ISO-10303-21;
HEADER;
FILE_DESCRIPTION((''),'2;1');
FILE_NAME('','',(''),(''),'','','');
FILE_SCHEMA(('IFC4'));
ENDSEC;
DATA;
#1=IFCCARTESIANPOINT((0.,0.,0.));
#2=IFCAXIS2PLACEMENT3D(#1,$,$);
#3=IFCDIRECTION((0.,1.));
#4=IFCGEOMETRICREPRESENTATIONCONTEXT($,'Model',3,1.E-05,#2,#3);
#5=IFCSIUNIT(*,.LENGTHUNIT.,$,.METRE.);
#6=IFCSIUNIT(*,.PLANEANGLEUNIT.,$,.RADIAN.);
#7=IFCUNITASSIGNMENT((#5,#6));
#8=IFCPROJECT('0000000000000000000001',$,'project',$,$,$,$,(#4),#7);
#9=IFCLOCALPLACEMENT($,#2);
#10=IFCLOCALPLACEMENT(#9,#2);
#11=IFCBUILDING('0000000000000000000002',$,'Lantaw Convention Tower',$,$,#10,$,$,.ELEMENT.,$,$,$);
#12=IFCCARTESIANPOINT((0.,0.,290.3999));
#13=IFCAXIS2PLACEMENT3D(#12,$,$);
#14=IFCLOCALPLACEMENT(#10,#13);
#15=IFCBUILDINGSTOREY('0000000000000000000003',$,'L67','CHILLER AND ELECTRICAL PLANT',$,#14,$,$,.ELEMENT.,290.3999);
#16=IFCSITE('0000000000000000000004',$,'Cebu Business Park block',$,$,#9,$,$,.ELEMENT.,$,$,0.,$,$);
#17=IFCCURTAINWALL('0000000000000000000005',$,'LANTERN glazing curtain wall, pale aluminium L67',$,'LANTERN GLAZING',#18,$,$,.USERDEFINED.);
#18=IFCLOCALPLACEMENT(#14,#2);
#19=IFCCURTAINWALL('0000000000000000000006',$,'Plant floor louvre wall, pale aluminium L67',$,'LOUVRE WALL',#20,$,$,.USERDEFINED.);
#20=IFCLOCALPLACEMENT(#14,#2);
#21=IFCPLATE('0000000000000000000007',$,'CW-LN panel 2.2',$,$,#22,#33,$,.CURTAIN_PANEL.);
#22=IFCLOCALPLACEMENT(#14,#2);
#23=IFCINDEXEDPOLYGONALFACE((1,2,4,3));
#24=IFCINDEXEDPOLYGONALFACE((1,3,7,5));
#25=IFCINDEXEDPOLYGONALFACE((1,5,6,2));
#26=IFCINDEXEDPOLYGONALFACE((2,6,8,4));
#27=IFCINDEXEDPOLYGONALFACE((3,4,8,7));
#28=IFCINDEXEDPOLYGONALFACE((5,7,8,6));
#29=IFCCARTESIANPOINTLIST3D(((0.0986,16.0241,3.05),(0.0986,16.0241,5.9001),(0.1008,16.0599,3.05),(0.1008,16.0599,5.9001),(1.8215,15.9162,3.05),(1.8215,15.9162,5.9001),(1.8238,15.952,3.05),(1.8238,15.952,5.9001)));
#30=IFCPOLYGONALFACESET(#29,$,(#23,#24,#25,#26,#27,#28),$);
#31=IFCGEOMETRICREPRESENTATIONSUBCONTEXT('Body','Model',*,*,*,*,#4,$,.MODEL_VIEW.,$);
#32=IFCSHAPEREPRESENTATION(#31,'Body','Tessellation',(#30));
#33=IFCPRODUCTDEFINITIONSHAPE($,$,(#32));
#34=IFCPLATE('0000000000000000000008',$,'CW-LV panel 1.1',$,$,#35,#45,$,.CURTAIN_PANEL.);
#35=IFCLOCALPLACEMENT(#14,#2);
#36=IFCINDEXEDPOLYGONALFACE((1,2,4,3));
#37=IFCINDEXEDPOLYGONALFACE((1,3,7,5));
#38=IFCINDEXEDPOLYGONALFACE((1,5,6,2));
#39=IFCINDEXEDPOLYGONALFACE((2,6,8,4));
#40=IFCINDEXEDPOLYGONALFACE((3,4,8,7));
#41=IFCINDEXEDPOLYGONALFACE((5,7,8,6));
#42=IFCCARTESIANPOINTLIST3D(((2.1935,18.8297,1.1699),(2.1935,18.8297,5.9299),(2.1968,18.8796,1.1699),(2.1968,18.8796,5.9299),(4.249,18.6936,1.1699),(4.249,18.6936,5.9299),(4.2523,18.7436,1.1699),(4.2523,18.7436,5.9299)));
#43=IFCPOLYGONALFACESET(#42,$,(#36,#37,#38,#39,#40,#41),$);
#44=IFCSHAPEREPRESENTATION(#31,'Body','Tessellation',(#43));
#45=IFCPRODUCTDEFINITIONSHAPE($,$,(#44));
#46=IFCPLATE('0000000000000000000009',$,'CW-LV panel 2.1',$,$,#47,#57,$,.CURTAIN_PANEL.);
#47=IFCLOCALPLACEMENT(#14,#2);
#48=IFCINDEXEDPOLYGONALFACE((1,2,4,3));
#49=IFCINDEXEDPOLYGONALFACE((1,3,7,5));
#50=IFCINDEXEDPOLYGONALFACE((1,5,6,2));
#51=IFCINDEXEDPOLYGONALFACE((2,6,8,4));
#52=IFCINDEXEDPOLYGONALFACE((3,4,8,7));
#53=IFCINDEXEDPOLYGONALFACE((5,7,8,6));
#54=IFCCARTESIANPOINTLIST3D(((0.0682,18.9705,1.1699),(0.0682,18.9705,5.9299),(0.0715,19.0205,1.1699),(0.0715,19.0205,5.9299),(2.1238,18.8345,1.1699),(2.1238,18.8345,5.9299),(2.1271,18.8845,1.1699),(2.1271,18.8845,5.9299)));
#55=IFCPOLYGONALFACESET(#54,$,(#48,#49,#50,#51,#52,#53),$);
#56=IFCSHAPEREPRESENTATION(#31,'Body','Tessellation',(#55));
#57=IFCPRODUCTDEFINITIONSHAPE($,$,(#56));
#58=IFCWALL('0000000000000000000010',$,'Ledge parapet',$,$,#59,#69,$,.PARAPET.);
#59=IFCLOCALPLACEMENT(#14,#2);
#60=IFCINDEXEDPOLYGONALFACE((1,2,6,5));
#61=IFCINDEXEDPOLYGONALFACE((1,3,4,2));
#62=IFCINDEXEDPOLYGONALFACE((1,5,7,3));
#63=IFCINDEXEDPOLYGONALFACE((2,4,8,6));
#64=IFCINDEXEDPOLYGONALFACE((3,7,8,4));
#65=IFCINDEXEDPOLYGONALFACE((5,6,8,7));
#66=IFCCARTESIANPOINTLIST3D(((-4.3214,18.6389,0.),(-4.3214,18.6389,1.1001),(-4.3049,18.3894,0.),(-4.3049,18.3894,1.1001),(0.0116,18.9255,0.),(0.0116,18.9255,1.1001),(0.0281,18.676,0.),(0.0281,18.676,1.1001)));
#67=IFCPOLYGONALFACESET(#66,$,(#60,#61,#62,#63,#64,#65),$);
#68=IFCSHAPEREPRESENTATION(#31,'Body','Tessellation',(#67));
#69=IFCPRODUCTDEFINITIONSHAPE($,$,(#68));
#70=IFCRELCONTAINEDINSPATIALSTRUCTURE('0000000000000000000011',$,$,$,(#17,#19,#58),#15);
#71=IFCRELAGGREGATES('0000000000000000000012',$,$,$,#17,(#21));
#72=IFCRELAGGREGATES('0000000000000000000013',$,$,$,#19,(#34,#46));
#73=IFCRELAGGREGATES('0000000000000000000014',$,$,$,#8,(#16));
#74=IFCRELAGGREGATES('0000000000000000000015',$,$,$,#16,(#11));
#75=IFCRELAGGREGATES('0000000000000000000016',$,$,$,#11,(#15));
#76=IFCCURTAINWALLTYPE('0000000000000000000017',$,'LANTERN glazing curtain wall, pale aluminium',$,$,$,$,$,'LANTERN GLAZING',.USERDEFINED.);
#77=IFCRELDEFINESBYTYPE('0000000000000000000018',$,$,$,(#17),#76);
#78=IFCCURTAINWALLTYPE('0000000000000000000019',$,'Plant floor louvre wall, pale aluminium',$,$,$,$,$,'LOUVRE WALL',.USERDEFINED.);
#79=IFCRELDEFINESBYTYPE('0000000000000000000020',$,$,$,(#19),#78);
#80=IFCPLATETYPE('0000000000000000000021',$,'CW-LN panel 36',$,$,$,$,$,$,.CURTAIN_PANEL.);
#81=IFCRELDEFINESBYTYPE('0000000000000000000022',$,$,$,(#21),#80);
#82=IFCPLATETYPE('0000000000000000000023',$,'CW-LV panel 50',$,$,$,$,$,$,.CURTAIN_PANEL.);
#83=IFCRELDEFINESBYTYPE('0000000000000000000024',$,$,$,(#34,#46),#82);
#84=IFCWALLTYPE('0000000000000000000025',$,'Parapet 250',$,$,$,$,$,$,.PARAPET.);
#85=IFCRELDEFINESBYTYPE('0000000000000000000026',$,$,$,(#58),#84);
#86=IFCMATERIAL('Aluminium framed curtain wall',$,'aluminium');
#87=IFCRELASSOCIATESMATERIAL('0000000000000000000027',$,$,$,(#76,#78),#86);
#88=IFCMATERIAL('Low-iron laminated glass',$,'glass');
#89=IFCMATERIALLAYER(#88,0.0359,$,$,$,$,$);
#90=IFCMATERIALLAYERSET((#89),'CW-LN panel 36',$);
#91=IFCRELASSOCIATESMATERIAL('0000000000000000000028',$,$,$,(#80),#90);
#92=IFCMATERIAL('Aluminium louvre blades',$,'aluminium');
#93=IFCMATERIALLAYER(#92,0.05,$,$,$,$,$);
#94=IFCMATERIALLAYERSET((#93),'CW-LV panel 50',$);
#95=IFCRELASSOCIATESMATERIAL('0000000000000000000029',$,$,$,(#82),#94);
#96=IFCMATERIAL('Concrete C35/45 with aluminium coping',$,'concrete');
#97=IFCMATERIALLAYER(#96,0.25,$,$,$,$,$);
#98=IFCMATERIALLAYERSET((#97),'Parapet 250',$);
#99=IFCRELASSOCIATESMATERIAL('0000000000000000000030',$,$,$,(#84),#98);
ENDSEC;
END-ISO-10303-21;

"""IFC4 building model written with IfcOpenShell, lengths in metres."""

from ifc_helpers import new_model, si_unit, direction, frame, frame_2d, origin, origin_2d, place, context, subcontext, project, spatial, rectangle, extrude, material, layer, layer_set, type_object, element, aggregate, save


model = new_model("IFC4")

# Units and contexts
model_context = context("Model", 3, precision=1e-05, world=origin(), true_north=direction((0.0, 1.0)))
body_context = subcontext(model_context, "Body", "Model", "MODEL_VIEW")
ifc_project = project(units=[si_unit("LENGTHUNIT", "METRE"), si_unit("PLANEANGLEUNIT", "RADIAN")], contexts=[model_context])

# Site, building, storey
site_placement = place(None, origin())
site = spatial("IfcSite", under=ifc_project, at=site_placement, Name="Cebu Business Park block", CompositionType="ELEMENT", RefElevation=0.0)
building_placement = place(site_placement, origin())
building = spatial("IfcBuilding", under=site, at=building_placement, Name="Lantaw Convention Tower", CompositionType="ELEMENT")
storey_placement = place(building_placement, frame((0.0, 0.0, 290.3999)))
storey = spatial("IfcBuildingStorey", under=building, at=storey_placement, Name="L67", Description="CHILLER AND ELECTRICAL PLANT", CompositionType="ELEMENT", Elevation=290.3999)

# Shared definitions
ifc_material_1 = material(Name="Aluminium framed curtain wall", Category="aluminium")
curtain_wall_type_1 = type_object("IfcCurtainWallType", Name="LANTERN glazing curtain wall, pale aluminium", ElementType="LANTERN GLAZING", PredefinedType="USERDEFINED", material=ifc_material_1)

# Curtain walls
curtain_wall_1_placement = place(storey_placement, origin())
curtain_wall_1 = element("IfcCurtainWall", 1, at=curtain_wall_1_placement, inside=storey, type_object=curtain_wall_type_1, Name="LANTERN glazing curtain wall, pale aluminium L67", ObjectType="LANTERN GLAZING", PredefinedType="USERDEFINED")
curtain_wall_type_2 = type_object("IfcCurtainWallType", Name="Plant floor louvre wall, pale aluminium", ElementType="LOUVRE WALL", PredefinedType="USERDEFINED", material=ifc_material_1)
curtain_wall_2_placement = place(storey_placement, origin())
curtain_wall_2 = element("IfcCurtainWall", 2, at=curtain_wall_2_placement, inside=storey, type_object=curtain_wall_type_2, Name="Plant floor louvre wall, pale aluminium L67", ObjectType="LOUVRE WALL", PredefinedType="USERDEFINED")

# Plates
ifc_material_2 = material(Name="Low-iron laminated glass", Category="glass")
ifc_layer_1 = layer(ifc_material_2, 0.0359)
ifc_layer_set_1 = layer_set([ifc_layer_1], Name="CW-LN panel 36")
plate_type_1 = type_object("IfcPlateType", Name="CW-LN panel 36", PredefinedType="CURTAIN_PANEL", material=ifc_layer_set_1)
plate_1_placement = place(storey_placement, frame((0.9612, 15.988, 3.05), z_axis=(0.0, 0.0, 1.0), x_axis=(-0.998046, 0.062489, 0.0)))
plate_1 = element("IfcPlate", 3, at=plate_1_placement, type_object=plate_type_1, Name="CW-LN panel 2.2", PredefinedType="CURTAIN_PANEL", context=body_context, shape_type="SweptSolid", body=[
    extrude(rectangle(XDim=1.7263, YDim=0.0359, at=origin_2d()), origin(), (0.0, 0.0, 1.0), 2.8501),
])
aggregate(curtain_wall_1, [plate_1])
ifc_material_3 = material(Name="Aluminium louvre blades", Category="aluminium")
ifc_layer_2 = layer(ifc_material_3, 0.05)
ifc_layer_set_2 = layer_set([ifc_layer_2], Name="CW-LV panel 50")
plate_type_2 = type_object("IfcPlateType", Name="CW-LV panel 50", PredefinedType="CURTAIN_PANEL", material=ifc_layer_set_2)
plate_2_placement = place(storey_placement, frame((3.2229, 18.7866, 1.1699), z_axis=(0.0, 0.0, 1.0), x_axis=(-0.997818, 0.066025, 0.0)))
plate_2 = element("IfcPlate", 4, at=plate_2_placement, type_object=plate_type_2, Name="CW-LV panel 1.1", PredefinedType="CURTAIN_PANEL", context=body_context, shape_type="SweptSolid", body=[
    extrude(rectangle(XDim=2.0601, YDim=0.05, at=origin_2d()), origin(), (0.0, 0.0, 1.0), 4.76),
])
plate_3_placement = place(storey_placement, frame((1.0977, 18.9275, 1.1699), z_axis=(0.0, 0.0, 1.0), x_axis=(-0.997818, 0.066025, 0.0)))
plate_3 = element("IfcPlate", 5, at=plate_3_placement, type_object=plate_type_2, Name="CW-LV panel 2.1", PredefinedType="CURTAIN_PANEL", context=body_context, shape_type="SweptSolid", body=[
    extrude(rectangle(XDim=2.0601, YDim=0.05, at=origin_2d()), origin(), (0.0, 0.0, 1.0), 4.76),
])
aggregate(curtain_wall_2, [plate_2, plate_3])

# Wall
ifc_material_4 = material(Name="Concrete C35/45 with aluminium coping", Category="concrete")
ifc_layer_3 = layer(ifc_material_4, 0.25)
ifc_layer_set_3 = layer_set([ifc_layer_3], Name="Parapet 250")
wall_type = type_object("IfcWallType", Name="Parapet 250", PredefinedType="PARAPET", material=ifc_layer_set_3)
wall_placement = place(storey_placement, frame((0.02, 18.8008, 0.0), z_axis=(0.0, 0.0, 1.0), x_axis=(-0.997819, -0.066004, 0.0)))
element("IfcWall", 6, at=wall_placement, inside=storey, type_object=wall_type, Name="Ledge parapet", PredefinedType="PARAPET", context=body_context, shape_type="SweptSolid", body=[
    extrude(rectangle(XDim=4.3425, YDim=0.25, at=frame_2d((2.1714, 0.0))), origin(), (0.0, 0.0, 1.0), 1.1001),
])

save(model, "model.ifc")
